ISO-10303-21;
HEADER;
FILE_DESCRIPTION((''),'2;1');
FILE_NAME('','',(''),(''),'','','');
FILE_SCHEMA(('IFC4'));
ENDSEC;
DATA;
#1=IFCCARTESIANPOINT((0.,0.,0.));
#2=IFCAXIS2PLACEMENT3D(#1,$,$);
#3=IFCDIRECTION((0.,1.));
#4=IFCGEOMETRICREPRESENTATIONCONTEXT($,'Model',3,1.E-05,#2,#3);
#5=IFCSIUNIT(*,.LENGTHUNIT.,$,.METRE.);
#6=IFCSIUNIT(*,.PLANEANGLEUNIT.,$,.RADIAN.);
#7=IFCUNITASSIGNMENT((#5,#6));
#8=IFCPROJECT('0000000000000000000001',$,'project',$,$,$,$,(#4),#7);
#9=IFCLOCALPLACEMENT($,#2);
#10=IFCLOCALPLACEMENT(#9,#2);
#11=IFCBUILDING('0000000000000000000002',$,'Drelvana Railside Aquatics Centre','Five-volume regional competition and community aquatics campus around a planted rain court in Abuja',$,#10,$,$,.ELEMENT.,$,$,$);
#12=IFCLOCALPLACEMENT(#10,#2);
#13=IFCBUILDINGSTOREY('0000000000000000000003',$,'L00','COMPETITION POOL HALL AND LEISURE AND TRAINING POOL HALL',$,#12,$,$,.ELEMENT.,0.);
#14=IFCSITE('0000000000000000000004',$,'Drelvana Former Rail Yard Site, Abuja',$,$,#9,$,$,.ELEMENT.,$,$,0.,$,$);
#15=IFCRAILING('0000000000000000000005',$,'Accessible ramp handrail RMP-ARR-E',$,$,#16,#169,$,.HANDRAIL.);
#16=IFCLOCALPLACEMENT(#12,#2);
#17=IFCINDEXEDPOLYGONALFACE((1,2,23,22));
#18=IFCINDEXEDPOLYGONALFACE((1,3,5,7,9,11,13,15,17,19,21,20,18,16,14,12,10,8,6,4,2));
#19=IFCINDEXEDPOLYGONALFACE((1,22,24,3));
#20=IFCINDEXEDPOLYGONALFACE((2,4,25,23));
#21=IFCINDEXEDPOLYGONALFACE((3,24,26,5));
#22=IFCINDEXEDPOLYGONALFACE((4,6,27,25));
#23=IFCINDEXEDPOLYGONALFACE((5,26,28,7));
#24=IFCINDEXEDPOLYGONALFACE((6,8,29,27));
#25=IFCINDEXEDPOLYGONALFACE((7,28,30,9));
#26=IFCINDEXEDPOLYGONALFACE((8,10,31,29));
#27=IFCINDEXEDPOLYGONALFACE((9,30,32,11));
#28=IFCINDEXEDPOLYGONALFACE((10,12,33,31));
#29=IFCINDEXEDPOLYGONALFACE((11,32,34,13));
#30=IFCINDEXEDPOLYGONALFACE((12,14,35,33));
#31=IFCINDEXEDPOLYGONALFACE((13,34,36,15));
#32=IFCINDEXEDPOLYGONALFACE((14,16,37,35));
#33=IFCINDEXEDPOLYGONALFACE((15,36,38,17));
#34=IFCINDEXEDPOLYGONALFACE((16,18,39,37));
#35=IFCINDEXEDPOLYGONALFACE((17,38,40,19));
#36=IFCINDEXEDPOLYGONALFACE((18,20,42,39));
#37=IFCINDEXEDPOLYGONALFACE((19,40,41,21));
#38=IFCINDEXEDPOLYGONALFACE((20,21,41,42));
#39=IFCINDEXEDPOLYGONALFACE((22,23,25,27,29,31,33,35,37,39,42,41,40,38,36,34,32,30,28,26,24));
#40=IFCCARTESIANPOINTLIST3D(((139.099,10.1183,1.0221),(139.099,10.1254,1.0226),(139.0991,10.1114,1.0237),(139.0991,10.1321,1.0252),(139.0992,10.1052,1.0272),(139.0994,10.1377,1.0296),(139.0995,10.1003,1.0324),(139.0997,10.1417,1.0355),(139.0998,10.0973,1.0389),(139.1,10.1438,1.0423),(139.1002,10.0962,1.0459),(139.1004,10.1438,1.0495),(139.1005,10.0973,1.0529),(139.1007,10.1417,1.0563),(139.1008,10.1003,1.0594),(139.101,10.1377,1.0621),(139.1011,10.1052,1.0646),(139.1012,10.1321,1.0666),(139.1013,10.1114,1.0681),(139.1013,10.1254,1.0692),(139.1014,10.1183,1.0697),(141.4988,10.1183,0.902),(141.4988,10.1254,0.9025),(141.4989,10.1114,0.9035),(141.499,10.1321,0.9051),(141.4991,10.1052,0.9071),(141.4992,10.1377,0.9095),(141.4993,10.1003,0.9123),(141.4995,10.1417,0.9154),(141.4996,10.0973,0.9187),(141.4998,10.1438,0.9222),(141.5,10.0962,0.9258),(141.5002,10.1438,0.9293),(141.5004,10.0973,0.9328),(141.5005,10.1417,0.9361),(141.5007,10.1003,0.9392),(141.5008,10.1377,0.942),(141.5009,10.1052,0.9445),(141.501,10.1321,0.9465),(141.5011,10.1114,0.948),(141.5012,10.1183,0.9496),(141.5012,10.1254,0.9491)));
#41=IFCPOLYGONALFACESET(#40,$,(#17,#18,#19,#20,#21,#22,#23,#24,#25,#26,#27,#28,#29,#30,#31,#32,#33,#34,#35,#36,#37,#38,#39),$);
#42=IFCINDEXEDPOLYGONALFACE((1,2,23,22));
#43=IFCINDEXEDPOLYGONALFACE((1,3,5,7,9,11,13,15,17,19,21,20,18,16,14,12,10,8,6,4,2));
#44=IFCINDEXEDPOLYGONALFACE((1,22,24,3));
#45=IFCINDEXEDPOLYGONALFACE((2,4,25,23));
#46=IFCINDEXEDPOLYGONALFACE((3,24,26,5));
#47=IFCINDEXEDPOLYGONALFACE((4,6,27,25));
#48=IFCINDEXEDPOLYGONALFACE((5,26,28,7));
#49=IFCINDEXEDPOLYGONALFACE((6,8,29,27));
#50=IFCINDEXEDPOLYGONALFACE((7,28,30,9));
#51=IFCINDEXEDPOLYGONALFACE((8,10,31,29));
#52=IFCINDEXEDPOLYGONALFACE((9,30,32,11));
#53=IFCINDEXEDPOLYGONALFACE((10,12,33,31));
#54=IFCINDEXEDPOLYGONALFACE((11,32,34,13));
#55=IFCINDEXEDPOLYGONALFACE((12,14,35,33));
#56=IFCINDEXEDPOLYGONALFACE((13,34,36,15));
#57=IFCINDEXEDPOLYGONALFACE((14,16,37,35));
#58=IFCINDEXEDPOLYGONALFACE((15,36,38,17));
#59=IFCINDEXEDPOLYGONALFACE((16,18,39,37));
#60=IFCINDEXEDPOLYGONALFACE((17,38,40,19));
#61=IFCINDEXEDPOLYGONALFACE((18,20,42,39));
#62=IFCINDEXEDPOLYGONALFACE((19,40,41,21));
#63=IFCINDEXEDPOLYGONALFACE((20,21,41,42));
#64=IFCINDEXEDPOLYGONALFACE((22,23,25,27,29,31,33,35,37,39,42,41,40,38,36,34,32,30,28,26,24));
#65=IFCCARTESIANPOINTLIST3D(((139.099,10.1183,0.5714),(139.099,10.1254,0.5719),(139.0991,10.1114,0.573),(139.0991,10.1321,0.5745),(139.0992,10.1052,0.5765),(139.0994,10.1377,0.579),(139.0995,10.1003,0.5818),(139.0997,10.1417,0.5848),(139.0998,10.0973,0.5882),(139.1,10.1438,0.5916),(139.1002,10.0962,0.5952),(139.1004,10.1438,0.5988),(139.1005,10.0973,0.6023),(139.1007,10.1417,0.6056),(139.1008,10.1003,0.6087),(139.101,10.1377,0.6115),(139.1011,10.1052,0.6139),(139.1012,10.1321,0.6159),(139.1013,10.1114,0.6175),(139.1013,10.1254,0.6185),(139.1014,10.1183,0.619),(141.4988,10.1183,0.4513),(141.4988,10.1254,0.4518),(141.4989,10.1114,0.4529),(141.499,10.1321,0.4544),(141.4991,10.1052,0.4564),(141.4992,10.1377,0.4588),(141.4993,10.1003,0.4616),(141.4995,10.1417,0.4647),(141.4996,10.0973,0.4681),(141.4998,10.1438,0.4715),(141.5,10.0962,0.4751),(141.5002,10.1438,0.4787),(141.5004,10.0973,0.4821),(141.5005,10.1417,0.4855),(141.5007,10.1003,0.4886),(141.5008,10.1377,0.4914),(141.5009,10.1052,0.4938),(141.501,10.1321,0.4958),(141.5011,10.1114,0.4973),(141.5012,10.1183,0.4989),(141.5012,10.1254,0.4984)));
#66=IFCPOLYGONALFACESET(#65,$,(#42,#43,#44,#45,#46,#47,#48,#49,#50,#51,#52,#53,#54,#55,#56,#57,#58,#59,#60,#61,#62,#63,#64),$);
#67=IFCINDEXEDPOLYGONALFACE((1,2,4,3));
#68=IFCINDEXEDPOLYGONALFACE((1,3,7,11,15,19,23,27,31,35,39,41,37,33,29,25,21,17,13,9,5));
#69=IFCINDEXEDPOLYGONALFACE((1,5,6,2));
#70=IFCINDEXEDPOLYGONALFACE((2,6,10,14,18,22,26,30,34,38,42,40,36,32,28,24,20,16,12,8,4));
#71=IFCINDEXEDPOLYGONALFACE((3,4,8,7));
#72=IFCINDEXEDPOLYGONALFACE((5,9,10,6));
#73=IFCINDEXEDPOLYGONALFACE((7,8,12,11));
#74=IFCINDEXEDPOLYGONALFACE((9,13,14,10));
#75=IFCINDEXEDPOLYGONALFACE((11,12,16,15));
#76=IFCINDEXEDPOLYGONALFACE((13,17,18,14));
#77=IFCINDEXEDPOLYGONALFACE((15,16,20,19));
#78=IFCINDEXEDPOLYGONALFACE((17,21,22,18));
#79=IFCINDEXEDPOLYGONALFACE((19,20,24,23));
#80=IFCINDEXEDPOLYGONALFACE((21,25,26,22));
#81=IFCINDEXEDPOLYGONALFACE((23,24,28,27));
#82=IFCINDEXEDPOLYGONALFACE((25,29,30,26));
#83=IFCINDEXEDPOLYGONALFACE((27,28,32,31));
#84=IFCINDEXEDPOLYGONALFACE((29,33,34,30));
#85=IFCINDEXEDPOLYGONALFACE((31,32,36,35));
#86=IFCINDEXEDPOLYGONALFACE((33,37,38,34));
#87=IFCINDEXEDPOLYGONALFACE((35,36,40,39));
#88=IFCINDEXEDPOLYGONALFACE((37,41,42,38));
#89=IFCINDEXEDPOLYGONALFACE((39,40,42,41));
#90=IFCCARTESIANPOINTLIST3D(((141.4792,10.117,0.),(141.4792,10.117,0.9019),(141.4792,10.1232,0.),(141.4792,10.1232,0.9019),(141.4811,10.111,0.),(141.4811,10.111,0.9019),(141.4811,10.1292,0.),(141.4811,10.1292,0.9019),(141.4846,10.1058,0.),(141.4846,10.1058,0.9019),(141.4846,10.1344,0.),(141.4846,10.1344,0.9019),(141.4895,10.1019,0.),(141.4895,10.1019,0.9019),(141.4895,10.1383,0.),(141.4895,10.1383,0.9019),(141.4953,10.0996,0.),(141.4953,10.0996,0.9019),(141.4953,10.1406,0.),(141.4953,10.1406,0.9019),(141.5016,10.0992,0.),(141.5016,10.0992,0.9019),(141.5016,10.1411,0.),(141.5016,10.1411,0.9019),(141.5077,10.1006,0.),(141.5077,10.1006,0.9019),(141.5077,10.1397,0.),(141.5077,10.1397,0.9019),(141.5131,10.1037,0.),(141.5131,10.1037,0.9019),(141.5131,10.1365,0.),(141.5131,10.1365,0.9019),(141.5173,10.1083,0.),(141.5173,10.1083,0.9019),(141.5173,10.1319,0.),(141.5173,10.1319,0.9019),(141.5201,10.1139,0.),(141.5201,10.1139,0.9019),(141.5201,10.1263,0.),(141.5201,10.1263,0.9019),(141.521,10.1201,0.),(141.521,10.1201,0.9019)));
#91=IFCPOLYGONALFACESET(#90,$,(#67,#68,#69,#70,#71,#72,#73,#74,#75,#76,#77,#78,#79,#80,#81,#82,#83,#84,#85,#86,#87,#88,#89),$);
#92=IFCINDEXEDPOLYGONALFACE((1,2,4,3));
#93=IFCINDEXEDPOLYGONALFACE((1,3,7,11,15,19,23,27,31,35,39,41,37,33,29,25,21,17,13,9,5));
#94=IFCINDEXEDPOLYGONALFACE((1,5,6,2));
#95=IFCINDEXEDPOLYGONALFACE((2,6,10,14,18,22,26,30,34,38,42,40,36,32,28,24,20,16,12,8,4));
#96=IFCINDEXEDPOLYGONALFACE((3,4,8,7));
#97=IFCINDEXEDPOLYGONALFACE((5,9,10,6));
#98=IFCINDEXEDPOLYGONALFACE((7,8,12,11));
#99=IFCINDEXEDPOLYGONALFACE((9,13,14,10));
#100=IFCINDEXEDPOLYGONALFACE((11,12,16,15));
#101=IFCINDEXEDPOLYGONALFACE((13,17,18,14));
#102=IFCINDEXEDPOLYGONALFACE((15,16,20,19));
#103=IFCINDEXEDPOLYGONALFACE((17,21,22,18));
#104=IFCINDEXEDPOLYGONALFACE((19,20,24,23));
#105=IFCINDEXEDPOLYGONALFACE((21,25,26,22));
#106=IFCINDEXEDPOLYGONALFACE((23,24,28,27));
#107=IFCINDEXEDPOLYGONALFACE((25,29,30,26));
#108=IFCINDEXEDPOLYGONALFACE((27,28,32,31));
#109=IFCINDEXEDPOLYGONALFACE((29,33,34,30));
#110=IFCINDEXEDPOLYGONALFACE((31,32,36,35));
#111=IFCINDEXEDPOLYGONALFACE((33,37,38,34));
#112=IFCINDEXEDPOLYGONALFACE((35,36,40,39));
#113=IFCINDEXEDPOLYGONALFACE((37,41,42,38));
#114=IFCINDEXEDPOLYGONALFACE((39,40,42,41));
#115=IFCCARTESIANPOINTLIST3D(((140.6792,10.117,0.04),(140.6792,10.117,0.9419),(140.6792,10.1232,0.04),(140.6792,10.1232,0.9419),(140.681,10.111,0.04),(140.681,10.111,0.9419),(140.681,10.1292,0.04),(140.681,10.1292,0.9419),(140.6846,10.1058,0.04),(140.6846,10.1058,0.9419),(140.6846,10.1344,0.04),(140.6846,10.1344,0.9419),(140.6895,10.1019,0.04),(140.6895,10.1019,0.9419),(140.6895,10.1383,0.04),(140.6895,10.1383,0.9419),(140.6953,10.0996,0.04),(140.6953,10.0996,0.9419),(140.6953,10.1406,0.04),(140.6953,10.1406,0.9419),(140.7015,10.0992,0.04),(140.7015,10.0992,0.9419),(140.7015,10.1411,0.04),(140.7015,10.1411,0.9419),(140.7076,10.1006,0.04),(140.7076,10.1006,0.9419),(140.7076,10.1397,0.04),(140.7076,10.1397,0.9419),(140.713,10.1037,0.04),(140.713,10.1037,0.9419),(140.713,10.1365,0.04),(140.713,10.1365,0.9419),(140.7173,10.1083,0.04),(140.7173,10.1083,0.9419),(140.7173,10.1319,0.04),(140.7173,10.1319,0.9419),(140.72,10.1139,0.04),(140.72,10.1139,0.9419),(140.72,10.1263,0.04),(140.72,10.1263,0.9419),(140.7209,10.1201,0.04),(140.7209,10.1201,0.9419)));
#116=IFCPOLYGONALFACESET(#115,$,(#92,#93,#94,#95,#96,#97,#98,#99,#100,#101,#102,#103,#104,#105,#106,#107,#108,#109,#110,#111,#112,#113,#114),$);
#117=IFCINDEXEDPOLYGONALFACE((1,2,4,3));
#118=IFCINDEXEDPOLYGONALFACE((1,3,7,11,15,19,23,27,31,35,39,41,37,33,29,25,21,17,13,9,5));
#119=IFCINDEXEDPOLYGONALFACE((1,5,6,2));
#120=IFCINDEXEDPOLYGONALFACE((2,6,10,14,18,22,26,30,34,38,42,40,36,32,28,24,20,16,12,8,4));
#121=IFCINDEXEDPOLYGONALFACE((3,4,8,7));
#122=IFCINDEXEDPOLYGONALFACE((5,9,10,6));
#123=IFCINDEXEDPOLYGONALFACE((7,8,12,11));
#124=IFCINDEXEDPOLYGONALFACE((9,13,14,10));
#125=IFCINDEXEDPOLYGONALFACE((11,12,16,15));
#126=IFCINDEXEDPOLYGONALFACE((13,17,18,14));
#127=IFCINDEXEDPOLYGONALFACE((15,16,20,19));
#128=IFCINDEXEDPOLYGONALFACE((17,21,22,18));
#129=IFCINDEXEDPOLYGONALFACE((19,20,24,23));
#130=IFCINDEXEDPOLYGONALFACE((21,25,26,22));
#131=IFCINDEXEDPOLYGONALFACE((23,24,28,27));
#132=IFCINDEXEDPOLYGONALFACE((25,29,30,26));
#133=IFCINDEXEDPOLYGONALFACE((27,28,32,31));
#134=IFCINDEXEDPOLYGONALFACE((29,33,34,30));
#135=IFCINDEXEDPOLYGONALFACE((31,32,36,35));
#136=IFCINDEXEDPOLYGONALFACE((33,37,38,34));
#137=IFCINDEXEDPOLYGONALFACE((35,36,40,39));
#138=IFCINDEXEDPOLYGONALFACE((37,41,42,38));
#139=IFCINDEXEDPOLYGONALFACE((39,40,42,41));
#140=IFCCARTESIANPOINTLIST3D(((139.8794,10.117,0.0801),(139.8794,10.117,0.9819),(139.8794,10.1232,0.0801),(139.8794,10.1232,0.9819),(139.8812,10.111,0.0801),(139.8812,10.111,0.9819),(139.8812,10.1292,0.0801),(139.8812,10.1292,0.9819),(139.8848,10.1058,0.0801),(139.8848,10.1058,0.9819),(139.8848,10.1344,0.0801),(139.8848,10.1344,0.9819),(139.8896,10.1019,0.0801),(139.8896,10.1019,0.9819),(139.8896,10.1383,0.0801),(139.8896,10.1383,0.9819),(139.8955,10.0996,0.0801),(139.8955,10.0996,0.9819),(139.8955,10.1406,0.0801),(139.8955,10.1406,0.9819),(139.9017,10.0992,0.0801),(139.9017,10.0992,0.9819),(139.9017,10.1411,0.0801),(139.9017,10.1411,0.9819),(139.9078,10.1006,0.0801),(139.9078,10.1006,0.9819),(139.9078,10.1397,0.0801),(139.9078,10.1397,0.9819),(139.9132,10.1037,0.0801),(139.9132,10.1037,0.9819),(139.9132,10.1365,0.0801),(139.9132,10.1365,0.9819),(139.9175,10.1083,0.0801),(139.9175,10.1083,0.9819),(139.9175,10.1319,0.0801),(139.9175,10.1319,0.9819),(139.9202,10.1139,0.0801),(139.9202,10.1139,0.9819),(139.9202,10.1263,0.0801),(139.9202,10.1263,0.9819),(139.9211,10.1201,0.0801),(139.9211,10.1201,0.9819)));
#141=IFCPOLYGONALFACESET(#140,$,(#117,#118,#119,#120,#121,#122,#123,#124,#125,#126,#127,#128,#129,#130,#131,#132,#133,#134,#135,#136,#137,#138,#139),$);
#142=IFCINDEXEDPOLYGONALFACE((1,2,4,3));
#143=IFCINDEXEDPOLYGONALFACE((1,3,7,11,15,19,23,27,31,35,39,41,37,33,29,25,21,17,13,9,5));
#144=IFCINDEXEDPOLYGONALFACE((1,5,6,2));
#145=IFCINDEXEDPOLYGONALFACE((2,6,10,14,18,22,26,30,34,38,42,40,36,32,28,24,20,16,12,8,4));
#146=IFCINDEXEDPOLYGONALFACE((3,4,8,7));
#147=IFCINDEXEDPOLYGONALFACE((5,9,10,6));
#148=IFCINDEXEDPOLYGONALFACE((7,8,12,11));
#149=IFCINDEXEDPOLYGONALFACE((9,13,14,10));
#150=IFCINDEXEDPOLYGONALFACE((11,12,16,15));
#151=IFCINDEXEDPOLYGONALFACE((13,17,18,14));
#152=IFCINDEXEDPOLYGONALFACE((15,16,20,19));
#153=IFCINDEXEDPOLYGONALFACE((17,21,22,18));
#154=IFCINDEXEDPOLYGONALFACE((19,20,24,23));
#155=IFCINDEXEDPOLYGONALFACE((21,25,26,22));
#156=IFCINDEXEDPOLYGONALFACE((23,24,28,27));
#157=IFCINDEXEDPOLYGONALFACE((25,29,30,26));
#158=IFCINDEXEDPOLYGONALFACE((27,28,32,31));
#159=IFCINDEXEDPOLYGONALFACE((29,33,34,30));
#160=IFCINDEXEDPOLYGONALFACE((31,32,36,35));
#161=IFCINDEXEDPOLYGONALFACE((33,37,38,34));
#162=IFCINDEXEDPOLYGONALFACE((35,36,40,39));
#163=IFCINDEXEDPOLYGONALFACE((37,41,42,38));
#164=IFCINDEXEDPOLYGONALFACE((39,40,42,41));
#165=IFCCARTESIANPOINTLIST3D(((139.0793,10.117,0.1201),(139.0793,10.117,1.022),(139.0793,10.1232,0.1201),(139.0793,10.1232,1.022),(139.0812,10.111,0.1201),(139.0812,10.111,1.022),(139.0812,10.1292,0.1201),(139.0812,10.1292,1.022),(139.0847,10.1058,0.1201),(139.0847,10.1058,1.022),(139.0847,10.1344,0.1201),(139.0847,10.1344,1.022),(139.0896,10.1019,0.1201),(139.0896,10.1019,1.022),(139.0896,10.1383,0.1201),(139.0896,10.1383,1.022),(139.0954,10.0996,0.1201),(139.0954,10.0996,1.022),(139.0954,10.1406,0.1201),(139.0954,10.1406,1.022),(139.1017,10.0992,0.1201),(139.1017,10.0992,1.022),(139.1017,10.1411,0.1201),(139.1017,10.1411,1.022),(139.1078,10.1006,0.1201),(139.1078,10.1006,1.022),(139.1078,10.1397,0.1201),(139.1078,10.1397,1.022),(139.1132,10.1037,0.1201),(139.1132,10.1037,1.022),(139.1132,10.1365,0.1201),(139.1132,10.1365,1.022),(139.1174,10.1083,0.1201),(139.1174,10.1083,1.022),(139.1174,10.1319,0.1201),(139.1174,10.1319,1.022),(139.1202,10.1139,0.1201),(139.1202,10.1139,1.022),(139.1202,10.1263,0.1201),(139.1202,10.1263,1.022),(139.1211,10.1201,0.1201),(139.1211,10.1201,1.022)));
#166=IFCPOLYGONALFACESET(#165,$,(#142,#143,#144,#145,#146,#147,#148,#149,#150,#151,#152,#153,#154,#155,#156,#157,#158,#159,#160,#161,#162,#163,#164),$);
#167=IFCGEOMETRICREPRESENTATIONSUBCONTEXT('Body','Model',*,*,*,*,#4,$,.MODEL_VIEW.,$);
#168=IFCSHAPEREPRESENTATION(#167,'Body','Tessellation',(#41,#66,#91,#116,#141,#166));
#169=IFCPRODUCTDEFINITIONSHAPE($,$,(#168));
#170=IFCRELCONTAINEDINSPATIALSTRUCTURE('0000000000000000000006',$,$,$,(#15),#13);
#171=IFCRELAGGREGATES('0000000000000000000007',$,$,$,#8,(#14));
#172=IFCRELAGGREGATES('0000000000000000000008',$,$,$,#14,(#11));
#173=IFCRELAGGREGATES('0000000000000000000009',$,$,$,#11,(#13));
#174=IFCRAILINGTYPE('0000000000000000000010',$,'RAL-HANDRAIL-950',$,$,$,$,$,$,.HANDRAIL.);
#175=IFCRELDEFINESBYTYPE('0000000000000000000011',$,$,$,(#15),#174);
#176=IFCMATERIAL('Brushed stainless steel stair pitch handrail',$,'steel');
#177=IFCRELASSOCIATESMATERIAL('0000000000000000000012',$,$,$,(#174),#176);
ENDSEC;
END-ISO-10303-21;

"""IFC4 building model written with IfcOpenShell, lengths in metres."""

from ifc_helpers import new_model, si_unit, direction, frame, origin, origin_2d, place, context, subcontext, project, spatial, circle, extrude, material, type_object, element, save


model = new_model("IFC4")

# Units and contexts
model_context = context("Model", 3, precision=1e-05, world=origin(), true_north=direction((0.0, 1.0)))
body_context = subcontext(model_context, "Body", "Model", "MODEL_VIEW")
ifc_project = project(units=[si_unit("LENGTHUNIT", "METRE"), si_unit("PLANEANGLEUNIT", "RADIAN")], contexts=[model_context])

# Site, building, storey
site_placement = place(None, origin())
site = spatial("IfcSite", under=ifc_project, at=site_placement, Name="Drelvana Former Rail Yard Site, Abuja", CompositionType="ELEMENT", RefElevation=0.0)
building_placement = place(site_placement, origin())
building = spatial("IfcBuilding", under=site, at=building_placement, Name="Drelvana Railside Aquatics Centre", Description="Five-volume regional competition and community aquatics campus around a planted rain court in Abuja", CompositionType="ELEMENT")
storey_placement = place(building_placement, origin())
storey = spatial("IfcBuildingStorey", under=building, at=storey_placement, Name="L00", Description="COMPETITION POOL HALL AND LEISURE AND TRAINING POOL HALL", CompositionType="ELEMENT", Elevation=0.0)

# Railing
ifc_material_1 = material(Name="Brushed stainless steel stair pitch handrail", Category="steel")
railing_type = type_object("IfcRailingType", Name="RAL-HANDRAIL-950", PredefinedType="HANDRAIL", material=ifc_material_1)
for number, where, name in (
    (1, (141.5, 10.1201, 0.0), "Accessible ramp handrail RMP-ARR-E"),
):
    element("IfcRailing", number, at=place(storey_placement, frame(where)), inside=storey, type_object=railing_type, Name=name, PredefinedType="HANDRAIL", context=body_context, shape_type="SweptSolid", body=[
        extrude(circle(Radius=0.0239, at=origin_2d()), frame((0.0, 0.0, 0.9258), z_axis=(-0.99875, 0.0, 0.049988), x_axis=(0.0, -1.0, 0.0)), (0.0, 0.0, 1.0), 2.4028),
        extrude(circle(Radius=0.0239, at=origin_2d()), frame((0.0, 0.0, 0.4751), z_axis=(-0.99875, 0.0, 0.049988), x_axis=(0.0, -1.0, 0.0)), (0.0, 0.0, 1.0), 2.4028),
        extrude(circle(Radius=0.021, at=origin_2d()), origin(), (0.0, 0.0, 1.0), 0.9019),
        extrude(circle(Radius=0.021, at=origin_2d()), frame((-0.8, 0.0, 0.04)), (0.0, 0.0, 1.0), 0.9019),
        extrude(circle(Radius=0.021, at=origin_2d()), frame((-1.5999, 0.0, 0.0801)), (0.0, 0.0, 1.0), 0.9019),
        extrude(circle(Radius=0.021, at=origin_2d()), frame((-2.3999, 0.0, 0.1201)), (0.0, 0.0, 1.0), 0.9019),
    ])

save(model, "model.ifc")
